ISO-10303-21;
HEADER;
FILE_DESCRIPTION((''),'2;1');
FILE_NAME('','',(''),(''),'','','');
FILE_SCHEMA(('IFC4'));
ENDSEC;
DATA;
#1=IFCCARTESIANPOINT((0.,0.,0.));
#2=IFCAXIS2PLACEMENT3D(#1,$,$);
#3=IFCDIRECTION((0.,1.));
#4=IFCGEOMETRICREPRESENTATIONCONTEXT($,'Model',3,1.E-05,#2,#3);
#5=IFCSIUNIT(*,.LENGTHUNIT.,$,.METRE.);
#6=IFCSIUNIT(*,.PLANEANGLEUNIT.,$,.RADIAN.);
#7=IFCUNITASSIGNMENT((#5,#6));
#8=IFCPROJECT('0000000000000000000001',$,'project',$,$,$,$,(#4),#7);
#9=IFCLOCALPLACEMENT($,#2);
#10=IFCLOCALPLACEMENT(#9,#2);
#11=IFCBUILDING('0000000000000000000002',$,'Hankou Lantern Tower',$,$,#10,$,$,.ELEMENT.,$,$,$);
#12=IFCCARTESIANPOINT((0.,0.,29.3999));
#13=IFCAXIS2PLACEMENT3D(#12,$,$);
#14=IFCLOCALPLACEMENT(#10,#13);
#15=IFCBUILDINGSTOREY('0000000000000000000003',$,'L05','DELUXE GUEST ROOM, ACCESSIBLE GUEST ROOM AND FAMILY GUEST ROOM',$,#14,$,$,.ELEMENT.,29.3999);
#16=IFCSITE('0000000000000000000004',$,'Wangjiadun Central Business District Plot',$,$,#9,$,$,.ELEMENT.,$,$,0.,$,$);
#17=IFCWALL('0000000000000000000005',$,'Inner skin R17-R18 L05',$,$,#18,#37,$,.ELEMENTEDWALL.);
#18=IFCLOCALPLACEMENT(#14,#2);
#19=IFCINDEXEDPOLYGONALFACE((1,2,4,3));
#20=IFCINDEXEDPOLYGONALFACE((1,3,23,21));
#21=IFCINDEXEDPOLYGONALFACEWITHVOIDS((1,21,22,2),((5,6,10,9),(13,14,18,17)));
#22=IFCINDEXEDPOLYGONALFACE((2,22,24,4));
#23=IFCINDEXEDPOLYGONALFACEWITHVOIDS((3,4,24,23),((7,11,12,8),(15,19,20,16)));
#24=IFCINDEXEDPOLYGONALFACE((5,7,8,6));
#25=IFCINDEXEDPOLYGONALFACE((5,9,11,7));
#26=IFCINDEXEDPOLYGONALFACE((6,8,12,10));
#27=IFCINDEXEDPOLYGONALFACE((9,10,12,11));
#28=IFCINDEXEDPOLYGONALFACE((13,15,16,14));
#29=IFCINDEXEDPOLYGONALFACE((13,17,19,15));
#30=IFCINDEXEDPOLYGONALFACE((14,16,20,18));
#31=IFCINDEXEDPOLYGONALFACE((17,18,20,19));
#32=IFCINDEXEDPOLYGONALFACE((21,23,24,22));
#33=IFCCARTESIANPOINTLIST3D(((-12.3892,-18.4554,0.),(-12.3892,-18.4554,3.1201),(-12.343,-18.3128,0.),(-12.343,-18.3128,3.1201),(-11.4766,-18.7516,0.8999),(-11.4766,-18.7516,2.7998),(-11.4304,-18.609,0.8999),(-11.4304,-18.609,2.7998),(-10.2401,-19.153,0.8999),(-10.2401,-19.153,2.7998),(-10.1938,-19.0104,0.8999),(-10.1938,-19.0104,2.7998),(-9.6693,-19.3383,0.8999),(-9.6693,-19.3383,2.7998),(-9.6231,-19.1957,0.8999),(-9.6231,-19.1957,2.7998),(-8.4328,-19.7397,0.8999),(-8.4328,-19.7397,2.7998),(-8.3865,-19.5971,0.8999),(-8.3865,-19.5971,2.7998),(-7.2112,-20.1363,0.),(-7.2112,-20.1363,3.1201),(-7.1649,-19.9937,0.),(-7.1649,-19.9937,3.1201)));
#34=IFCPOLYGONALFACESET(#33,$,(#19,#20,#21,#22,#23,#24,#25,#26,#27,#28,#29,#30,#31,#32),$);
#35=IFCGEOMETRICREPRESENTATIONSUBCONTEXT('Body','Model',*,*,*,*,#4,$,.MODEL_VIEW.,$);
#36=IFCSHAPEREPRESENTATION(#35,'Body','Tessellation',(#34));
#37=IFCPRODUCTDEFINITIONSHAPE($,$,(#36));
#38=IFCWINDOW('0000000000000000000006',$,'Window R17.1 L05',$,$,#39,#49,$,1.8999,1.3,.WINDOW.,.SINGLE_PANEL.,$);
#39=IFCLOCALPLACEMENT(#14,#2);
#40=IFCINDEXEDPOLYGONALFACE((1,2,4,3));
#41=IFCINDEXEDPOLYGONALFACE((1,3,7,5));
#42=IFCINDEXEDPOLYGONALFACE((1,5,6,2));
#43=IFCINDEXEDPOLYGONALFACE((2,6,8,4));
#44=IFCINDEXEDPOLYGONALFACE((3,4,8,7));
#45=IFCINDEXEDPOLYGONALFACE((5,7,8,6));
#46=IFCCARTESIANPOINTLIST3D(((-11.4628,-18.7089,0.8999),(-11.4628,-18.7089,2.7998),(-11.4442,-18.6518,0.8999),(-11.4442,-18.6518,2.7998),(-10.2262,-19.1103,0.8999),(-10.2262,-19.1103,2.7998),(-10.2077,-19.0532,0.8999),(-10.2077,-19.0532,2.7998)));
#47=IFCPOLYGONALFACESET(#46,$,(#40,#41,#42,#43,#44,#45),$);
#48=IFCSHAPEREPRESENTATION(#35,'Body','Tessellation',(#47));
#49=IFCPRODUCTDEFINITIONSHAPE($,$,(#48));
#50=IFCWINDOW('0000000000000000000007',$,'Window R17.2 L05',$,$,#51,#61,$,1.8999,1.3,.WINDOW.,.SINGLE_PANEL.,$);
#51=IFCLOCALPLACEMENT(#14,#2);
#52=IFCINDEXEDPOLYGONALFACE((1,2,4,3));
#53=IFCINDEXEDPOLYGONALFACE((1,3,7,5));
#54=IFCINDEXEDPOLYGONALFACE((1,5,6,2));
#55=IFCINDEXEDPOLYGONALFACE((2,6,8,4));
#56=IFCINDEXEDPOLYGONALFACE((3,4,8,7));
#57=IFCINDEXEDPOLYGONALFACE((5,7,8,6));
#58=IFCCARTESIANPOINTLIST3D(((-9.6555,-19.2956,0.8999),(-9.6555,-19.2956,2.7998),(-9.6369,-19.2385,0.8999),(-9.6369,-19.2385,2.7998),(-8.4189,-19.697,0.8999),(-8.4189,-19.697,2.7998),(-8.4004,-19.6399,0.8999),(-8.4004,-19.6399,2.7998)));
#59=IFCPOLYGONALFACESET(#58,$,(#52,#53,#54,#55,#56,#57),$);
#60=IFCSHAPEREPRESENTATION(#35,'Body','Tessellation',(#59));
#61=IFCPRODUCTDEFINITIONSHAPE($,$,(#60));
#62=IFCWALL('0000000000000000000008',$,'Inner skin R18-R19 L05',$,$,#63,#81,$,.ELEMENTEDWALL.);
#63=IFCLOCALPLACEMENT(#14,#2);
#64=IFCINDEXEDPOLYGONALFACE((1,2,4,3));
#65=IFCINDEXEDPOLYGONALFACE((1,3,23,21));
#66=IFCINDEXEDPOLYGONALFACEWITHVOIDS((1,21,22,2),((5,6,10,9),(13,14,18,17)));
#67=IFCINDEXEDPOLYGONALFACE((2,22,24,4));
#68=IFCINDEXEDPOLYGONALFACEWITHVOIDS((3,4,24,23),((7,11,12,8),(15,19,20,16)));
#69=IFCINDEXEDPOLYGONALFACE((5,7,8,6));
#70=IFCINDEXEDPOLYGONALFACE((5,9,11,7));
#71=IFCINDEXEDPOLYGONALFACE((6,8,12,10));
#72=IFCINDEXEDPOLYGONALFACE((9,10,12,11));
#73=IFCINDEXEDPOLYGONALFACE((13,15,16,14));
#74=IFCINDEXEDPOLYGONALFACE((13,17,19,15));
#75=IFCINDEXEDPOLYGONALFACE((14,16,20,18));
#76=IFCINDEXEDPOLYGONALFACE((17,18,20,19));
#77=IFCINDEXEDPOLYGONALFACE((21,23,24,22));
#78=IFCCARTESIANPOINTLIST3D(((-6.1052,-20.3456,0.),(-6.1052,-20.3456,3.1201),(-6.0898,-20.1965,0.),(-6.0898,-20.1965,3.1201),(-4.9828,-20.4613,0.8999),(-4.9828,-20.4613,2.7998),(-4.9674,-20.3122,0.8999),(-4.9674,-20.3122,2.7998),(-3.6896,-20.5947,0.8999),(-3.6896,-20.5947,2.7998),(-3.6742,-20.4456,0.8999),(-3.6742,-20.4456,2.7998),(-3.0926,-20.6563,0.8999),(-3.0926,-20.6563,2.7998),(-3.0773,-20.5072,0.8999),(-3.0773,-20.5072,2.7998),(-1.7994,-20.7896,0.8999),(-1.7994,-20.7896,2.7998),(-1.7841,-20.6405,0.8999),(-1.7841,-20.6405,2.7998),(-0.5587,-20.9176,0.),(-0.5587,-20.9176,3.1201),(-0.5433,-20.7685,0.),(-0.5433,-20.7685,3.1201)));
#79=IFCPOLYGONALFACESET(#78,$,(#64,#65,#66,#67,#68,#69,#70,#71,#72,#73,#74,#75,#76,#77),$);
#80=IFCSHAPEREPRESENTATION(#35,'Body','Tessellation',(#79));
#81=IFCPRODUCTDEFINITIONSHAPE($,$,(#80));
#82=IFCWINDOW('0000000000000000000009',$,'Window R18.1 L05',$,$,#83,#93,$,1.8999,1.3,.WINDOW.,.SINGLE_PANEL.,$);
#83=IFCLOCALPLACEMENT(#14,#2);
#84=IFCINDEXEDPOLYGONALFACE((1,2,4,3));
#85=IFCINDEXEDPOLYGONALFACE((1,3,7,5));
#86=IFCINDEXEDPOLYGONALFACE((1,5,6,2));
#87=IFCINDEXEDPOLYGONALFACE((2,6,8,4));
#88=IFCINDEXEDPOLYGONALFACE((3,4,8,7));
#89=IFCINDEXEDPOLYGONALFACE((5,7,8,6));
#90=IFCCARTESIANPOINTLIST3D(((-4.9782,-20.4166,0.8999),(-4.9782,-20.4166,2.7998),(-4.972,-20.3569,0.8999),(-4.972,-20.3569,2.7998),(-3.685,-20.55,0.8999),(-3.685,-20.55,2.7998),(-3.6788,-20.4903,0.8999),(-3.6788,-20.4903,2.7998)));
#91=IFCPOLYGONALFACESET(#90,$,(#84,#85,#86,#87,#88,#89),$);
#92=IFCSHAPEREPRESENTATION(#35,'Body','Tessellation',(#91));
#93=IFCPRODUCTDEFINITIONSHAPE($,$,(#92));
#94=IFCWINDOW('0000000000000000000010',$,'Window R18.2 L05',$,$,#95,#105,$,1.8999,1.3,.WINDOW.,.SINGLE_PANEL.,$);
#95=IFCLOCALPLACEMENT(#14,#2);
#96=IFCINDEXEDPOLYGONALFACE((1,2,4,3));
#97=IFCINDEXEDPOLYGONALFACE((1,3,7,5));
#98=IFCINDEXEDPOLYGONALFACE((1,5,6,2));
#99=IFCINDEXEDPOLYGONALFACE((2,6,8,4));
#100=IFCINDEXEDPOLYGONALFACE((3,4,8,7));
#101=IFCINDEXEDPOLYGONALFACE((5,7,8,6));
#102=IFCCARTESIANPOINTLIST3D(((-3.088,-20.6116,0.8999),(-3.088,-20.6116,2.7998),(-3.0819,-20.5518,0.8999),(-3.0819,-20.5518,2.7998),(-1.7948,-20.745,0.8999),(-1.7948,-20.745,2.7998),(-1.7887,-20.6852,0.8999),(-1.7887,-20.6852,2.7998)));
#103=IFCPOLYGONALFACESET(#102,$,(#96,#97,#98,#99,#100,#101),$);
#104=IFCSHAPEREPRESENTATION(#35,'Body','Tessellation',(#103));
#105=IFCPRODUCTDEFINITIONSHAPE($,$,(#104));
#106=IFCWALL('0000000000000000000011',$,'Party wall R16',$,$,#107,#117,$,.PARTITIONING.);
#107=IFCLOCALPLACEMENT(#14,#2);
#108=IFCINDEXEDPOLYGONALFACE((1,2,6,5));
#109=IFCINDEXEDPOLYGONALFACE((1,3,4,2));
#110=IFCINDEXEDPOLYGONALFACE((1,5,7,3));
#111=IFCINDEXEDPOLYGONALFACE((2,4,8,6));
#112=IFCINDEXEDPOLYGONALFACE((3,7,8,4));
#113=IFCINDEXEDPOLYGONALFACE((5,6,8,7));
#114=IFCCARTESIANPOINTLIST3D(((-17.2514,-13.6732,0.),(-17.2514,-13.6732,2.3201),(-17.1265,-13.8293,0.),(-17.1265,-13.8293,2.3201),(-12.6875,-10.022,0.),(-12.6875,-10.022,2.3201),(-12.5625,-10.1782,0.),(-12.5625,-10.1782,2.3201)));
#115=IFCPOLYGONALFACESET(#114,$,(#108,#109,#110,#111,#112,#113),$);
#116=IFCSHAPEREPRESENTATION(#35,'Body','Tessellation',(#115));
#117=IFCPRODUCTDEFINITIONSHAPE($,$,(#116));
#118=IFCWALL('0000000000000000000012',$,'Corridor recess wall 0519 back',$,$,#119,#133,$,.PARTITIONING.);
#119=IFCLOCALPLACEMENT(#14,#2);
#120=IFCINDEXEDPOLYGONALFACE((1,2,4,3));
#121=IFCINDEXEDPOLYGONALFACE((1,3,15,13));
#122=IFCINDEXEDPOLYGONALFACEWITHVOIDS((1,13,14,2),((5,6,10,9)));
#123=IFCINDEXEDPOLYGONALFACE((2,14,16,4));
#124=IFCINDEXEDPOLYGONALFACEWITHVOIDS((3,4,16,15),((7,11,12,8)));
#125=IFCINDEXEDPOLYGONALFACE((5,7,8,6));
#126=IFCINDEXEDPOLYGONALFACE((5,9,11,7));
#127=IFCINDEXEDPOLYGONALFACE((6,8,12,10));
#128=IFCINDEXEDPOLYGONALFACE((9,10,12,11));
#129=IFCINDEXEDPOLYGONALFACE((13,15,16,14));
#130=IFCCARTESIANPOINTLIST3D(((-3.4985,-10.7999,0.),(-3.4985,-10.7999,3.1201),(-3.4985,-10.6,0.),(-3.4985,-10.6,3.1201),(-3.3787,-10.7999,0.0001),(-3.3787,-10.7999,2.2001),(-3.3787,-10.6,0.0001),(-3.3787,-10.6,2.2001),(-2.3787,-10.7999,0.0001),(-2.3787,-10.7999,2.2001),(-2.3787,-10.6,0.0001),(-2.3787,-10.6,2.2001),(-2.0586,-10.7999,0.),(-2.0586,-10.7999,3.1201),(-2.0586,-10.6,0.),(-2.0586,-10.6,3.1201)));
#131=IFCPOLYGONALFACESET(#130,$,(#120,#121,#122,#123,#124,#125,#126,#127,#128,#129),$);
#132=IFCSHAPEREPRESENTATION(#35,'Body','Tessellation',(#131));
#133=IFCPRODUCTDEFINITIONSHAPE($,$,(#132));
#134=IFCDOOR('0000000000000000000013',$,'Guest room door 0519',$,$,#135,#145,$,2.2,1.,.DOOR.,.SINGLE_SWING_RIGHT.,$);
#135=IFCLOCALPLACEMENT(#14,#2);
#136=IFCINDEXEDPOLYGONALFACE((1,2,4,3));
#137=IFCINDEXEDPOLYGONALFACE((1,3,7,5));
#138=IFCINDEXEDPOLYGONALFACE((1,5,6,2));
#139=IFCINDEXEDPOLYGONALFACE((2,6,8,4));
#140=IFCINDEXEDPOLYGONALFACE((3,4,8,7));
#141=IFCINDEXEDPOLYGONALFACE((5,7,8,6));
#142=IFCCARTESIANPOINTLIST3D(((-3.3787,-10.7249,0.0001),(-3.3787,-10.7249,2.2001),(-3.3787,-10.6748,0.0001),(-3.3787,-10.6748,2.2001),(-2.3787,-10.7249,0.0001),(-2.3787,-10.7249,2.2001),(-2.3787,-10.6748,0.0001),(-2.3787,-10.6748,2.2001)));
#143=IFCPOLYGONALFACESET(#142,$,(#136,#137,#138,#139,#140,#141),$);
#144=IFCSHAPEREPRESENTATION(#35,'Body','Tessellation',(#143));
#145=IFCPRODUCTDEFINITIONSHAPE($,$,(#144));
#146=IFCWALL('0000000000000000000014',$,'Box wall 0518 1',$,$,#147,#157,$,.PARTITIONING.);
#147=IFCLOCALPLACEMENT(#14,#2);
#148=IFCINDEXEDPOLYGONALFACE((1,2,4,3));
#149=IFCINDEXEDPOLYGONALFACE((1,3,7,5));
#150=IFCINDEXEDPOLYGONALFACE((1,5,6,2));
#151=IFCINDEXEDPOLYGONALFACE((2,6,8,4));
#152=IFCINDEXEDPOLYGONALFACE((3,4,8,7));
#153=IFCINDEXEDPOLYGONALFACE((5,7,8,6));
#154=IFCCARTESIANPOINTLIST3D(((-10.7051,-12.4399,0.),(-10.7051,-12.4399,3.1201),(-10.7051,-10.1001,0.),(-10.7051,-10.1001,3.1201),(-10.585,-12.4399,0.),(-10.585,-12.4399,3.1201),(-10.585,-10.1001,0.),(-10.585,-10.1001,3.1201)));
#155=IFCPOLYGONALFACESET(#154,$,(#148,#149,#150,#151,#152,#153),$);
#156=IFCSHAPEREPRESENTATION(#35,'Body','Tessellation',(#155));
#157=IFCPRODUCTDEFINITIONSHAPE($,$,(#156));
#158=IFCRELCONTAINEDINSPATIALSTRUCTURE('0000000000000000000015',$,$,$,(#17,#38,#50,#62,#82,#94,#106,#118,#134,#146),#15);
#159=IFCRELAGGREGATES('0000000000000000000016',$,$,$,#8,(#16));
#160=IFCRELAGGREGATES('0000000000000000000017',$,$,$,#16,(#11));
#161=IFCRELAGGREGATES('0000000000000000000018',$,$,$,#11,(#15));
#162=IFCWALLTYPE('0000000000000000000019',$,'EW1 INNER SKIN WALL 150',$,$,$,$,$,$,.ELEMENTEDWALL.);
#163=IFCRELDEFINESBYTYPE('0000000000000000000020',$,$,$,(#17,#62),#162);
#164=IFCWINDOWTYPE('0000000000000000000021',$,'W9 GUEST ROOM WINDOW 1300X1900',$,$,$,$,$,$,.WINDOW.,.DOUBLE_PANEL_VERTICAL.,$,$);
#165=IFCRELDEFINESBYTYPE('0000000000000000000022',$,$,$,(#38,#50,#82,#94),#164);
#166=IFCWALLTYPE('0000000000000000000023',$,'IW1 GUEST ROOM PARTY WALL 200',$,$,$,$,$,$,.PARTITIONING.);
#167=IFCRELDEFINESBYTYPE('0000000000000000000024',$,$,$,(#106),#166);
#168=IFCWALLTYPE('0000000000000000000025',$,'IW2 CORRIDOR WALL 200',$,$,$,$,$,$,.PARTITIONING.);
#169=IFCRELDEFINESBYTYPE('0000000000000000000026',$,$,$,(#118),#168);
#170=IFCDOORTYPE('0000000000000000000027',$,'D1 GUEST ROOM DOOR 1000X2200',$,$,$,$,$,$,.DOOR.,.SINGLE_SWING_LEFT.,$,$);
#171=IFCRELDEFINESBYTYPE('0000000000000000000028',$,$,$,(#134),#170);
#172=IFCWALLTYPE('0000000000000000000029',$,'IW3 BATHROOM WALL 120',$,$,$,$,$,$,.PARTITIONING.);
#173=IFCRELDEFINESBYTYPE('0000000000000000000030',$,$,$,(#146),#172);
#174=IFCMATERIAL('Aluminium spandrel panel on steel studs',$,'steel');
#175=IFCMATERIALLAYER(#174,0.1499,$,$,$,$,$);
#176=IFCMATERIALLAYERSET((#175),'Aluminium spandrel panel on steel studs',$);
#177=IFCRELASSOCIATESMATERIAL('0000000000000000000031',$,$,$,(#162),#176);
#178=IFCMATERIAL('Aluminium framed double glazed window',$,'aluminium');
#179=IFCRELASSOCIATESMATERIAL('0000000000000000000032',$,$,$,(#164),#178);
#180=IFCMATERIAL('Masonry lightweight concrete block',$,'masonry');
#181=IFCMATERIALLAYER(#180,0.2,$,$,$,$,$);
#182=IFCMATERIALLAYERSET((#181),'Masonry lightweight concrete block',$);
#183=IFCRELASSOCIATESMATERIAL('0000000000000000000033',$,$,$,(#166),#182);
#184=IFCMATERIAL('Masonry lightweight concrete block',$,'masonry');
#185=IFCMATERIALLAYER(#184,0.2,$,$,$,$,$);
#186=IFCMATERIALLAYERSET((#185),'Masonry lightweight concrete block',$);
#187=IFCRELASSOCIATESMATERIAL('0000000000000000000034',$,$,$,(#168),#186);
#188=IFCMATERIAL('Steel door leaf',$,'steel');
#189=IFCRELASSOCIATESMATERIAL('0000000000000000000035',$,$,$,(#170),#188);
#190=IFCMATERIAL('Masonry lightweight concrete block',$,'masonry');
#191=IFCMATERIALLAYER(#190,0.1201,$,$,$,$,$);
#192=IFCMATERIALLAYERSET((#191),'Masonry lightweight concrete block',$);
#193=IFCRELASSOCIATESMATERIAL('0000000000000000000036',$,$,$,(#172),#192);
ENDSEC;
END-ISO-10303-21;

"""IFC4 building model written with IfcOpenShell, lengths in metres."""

from ifc_helpers import new_model, si_unit, direction, frame, frame_2d, origin, place, context, subcontext, project, spatial, rectangle, extrude, material, layer, layer_set, type_object, element, fill, save


model = new_model("IFC4")

# Units and contexts
model_context = context("Model", 3, precision=1e-05, world=origin(), true_north=direction((0.0, 1.0)))
body_context = subcontext(model_context, "Body", "Model", "MODEL_VIEW")
ifc_project = project(units=[si_unit("LENGTHUNIT", "METRE"), si_unit("PLANEANGLEUNIT", "RADIAN")], contexts=[model_context])

# Site, building, storey
site_placement = place(None, origin())
site = spatial("IfcSite", under=ifc_project, at=site_placement, Name="Wangjiadun Central Business District Plot", CompositionType="ELEMENT", RefElevation=0.0)
building_placement = place(site_placement, origin())
building = spatial("IfcBuilding", under=site, at=building_placement, Name="Hankou Lantern Tower", CompositionType="ELEMENT")
storey_placement = place(building_placement, frame((0.0, 0.0, 29.3999)))
storey = spatial("IfcBuildingStorey", under=building, at=storey_placement, Name="L05", Description="DELUXE GUEST ROOM, ACCESSIBLE GUEST ROOM AND FAMILY GUEST ROOM", CompositionType="ELEMENT", Elevation=29.3999)

# Walls, openings, windows
ifc_material_1 = material(Name="Aluminium spandrel panel on steel studs", Category="steel")
ifc_layer_1 = layer(ifc_material_1, 0.1499)
ifc_layer_set_1 = layer_set([ifc_layer_1], Name="Aluminium spandrel panel on steel studs")
wall_type_1 = type_object("IfcWallType", Name="EW1 INNER SKIN WALL 150", PredefinedType="ELEMENTEDWALL", material=ifc_layer_set_1)
wall_1_placement = place(storey_placement, frame((-12.3662, -18.384, 0.0), z_axis=(0.0, 0.0, 1.0), x_axis=(0.951138, -0.308765, 0.0)))
wall_1 = element("IfcWall", 1, at=wall_1_placement, inside=storey, type_object=wall_type_1, Name="Inner skin R17-R18 L05", PredefinedType="ELEMENTEDWALL", context=body_context, shape_type="SweptSolid", body=[
    extrude(rectangle(XDim=5.4441, YDim=0.1499, at=frame_2d((2.7222, 0.0))), origin(), (0.0, 0.0, 1.0), 3.1201),
])
opening_1_placement = place(wall_1_placement, frame((0.9597, 0.0, 0.8999)))
opening_1 = element("IfcOpeningElement", 2, at=opening_1_placement, cuts=wall_1, PredefinedType="OPENING", context=body_context, shape_type="SweptSolid", body=[
    extrude(rectangle(XDim=1.3, YDim=1.8999, at=frame_2d((0.6499, 0.95))), frame((0.0, 0.085, 0.0), z_axis=(0.0, -1.0, 0.0), x_axis=(1.0, 0.0, 0.0)), (0.0, 0.0, 1.0), 0.1699),
])
opening_2_placement = place(wall_1_placement, frame((2.8599, 0.0, 0.8999)))
opening_2 = element("IfcOpeningElement", 3, at=opening_2_placement, cuts=wall_1, PredefinedType="OPENING", context=body_context, shape_type="SweptSolid", body=[
    extrude(rectangle(XDim=1.3, YDim=1.8999, at=frame_2d((0.6499, 0.95))), frame((0.0, 0.085, 0.0), z_axis=(0.0, -1.0, 0.0), x_axis=(1.0, 0.0, 0.0)), (0.0, 0.0, 1.0), 0.1699),
])
ifc_material_2 = material(Name="Aluminium framed double glazed window", Category="aluminium")
window_type = type_object("IfcWindowType", Name="W9 GUEST ROOM WINDOW 1300X1900", PartitioningType="DOUBLE_PANEL_VERTICAL", PredefinedType="WINDOW", material=ifc_material_2)
window_1_placement = place(opening_1_placement, origin())
window_1 = element("IfcWindow", 4, at=window_1_placement, inside=storey, type_object=window_type, Name="Window R17.1 L05", OverallHeight=1.8999, OverallWidth=1.3, PartitioningType="SINGLE_PANEL", PredefinedType="WINDOW", context=body_context, shape_type="SweptSolid", body=[
    extrude(rectangle(XDim=1.3, YDim=1.8999, at=frame_2d((0.6499, 0.95))), frame((0.0, 0.03, 0.0), z_axis=(0.0, -1.0, 0.0), x_axis=(1.0, 0.0, 0.0)), (0.0, 0.0, 1.0), 0.0601),
])
fill(opening_1, window_1)
window_2_placement = place(opening_2_placement, origin())
window_2 = element("IfcWindow", 5, at=window_2_placement, inside=storey, type_object=window_type, Name="Window R17.2 L05", OverallHeight=1.8999, OverallWidth=1.3, PartitioningType="SINGLE_PANEL", PredefinedType="WINDOW", context=body_context, shape_type="SweptSolid", body=[
    extrude(rectangle(XDim=1.3, YDim=1.8999, at=frame_2d((0.6499, 0.95))), frame((0.0, 0.03, 0.0), z_axis=(0.0, -1.0, 0.0), x_axis=(1.0, 0.0, 0.0)), (0.0, 0.0, 1.0), 0.0601),
])
fill(opening_2, window_2)
wall_2_placement = place(storey_placement, frame((-6.0977, -20.271, 0.0), z_axis=(0.0, 0.0, 1.0), x_axis=(0.994724, -0.10259, 0.0)))
wall_2 = element("IfcWall", 6, at=wall_2_placement, inside=storey, type_object=wall_type_1, Name="Inner skin R18-R19 L05", PredefinedType="ELEMENTEDWALL", context=body_context, shape_type="SweptSolid", body=[
    extrude(rectangle(XDim=5.5759, YDim=0.1499, at=frame_2d((2.7881, 0.0))), origin(), (0.0, 0.0, 1.0), 3.1201),
])
opening_3_placement = place(wall_2_placement, frame((1.1287, 0.0, 0.8999)))
opening_3 = element("IfcOpeningElement", 7, at=opening_3_placement, cuts=wall_2, PredefinedType="OPENING", context=body_context, shape_type="SweptSolid", body=[
    extrude(rectangle(XDim=1.3, YDim=1.8999, at=frame_2d((0.6499, 0.95))), frame((0.0, 0.085, 0.0), z_axis=(0.0, -1.0, 0.0), x_axis=(1.0, 0.0, 0.0)), (0.0, 0.0, 1.0), 0.1699),
])
opening_4_placement = place(wall_2_placement, frame((3.0288, 0.0, 0.8999)))
opening_4 = element("IfcOpeningElement", 8, at=opening_4_placement, cuts=wall_2, PredefinedType="OPENING", context=body_context, shape_type="SweptSolid", body=[
    extrude(rectangle(XDim=1.3, YDim=1.8999, at=frame_2d((0.6499, 0.95))), frame((0.0, 0.085, 0.0), z_axis=(0.0, -1.0, 0.0), x_axis=(1.0, 0.0, 0.0)), (0.0, 0.0, 1.0), 0.1699),
])
window_3_placement = place(opening_3_placement, origin())
window_3 = element("IfcWindow", 9, at=window_3_placement, inside=storey, type_object=window_type, Name="Window R18.1 L05", OverallHeight=1.8999, OverallWidth=1.3, PartitioningType="SINGLE_PANEL", PredefinedType="WINDOW", context=body_context, shape_type="SweptSolid", body=[
    extrude(rectangle(XDim=1.3, YDim=1.8999, at=frame_2d((0.6499, 0.95))), frame((0.0, 0.03, 0.0), z_axis=(0.0, -1.0, 0.0), x_axis=(1.0, 0.0, 0.0)), (0.0, 0.0, 1.0), 0.0601),
])
fill(opening_3, window_3)
window_4_placement = place(opening_4_placement, origin())
window_4 = element("IfcWindow", 10, at=window_4_placement, inside=storey, type_object=window_type, Name="Window R18.2 L05", OverallHeight=1.8999, OverallWidth=1.3, PartitioningType="SINGLE_PANEL", PredefinedType="WINDOW", context=body_context, shape_type="SweptSolid", body=[
    extrude(rectangle(XDim=1.3, YDim=1.8999, at=frame_2d((0.6499, 0.95))), frame((0.0, 0.03, 0.0), z_axis=(0.0, -1.0, 0.0), x_axis=(1.0, 0.0, 0.0)), (0.0, 0.0, 1.0), 0.0601),
])
fill(opening_4, window_4)

# Wall
ifc_material_3 = material(Name="Masonry lightweight concrete block", Category="masonry")
ifc_layer_2 = layer(ifc_material_3, 0.2)
ifc_layer_set_2 = layer_set([ifc_layer_2], Name="Masonry lightweight concrete block")
wall_type_2 = type_object("IfcWallType", Name="IW1 GUEST ROOM PARTY WALL 200", PredefinedType="PARTITIONING", material=ifc_layer_set_2)
wall_3_placement = place(storey_placement, frame((-12.625, -10.1001, 0.0), z_axis=(0.0, 0.0, 1.0), x_axis=(-0.780873, -0.62469, 0.0)))
element("IfcWall", 11, at=wall_3_placement, inside=storey, type_object=wall_type_2, Name="Party wall R16", PredefinedType="PARTITIONING", context=body_context, shape_type="SweptSolid", body=[
    extrude(rectangle(XDim=5.8447, YDim=0.2, at=frame_2d((2.9224, 0.0))), origin(), (0.0, 0.0, 1.0), 2.3201),
])

# Wall, opening, door
ifc_material_4 = material(Name="Masonry lightweight concrete block", Category="masonry")
ifc_layer_3 = layer(ifc_material_4, 0.2)
ifc_layer_set_3 = layer_set([ifc_layer_3], Name="Masonry lightweight concrete block")
wall_type_3 = type_object("IfcWallType", Name="IW2 CORRIDOR WALL 200", PredefinedType="PARTITIONING", material=ifc_layer_set_3)
wall_4_placement = place(storey_placement, frame((-2.0586, -10.7, 0.0), z_axis=(0.0, 0.0, 1.0), x_axis=(-1.0, 0.0, 0.0)))
wall_4 = element("IfcWall", 12, at=wall_4_placement, inside=storey, type_object=wall_type_3, Name="Corridor recess wall 0519 back", PredefinedType="PARTITIONING", context=body_context, shape_type="SweptSolid", body=[
    extrude(rectangle(XDim=1.4399, YDim=0.2, at=frame_2d((0.72, 0.0))), origin(), (0.0, 0.0, 1.0), 3.1201),
])
opening_5_placement = place(wall_4_placement, frame((0.3201, 0.0, 0.0)))
opening_5 = element("IfcOpeningElement", 13, at=opening_5_placement, cuts=wall_4, PredefinedType="OPENING", context=body_context, shape_type="SweptSolid", body=[
    extrude(rectangle(XDim=1.0, YDim=2.2, at=frame_2d((0.5, 1.1001))), frame((0.0, 0.1099, 0.0), z_axis=(0.0, -1.0, 0.0), x_axis=(1.0, 0.0, 0.0)), (0.0, 0.0, 1.0), 0.22),
])
ifc_material_5 = material(Name="Steel door leaf", Category="steel")
door_type = type_object("IfcDoorType", Name="D1 GUEST ROOM DOOR 1000X2200", OperationType="SINGLE_SWING_LEFT", PredefinedType="DOOR", material=ifc_material_5)
door_placement = place(opening_5_placement, origin())
door = element("IfcDoor", 14, at=door_placement, inside=storey, type_object=door_type, Name="Guest room door 0519", OperationType="SINGLE_SWING_RIGHT", OverallHeight=2.2, OverallWidth=1.0, PredefinedType="DOOR", context=body_context, shape_type="SweptSolid", body=[
    extrude(rectangle(XDim=1.0, YDim=2.2, at=frame_2d((0.5, 1.1001))), frame((0.0, 0.0249, 0.0), z_axis=(0.0, -1.0, 0.0), x_axis=(1.0, 0.0, 0.0)), (0.0, 0.0, 1.0), 0.05),
])
fill(opening_5, door)

# Wall
ifc_material_6 = material(Name="Masonry lightweight concrete block", Category="masonry")
ifc_layer_4 = layer(ifc_material_6, 0.1201)
ifc_layer_set_4 = layer_set([ifc_layer_4], Name="Masonry lightweight concrete block")
wall_type_4 = type_object("IfcWallType", Name="IW3 BATHROOM WALL 120", PredefinedType="PARTITIONING", material=ifc_layer_set_4)
wall_5_placement = place(storey_placement, frame((-10.645, -10.1001, 0.0), z_axis=(0.0, 0.0, 1.0), x_axis=(0.0, -1.0, 0.0)))
element("IfcWall", 15, at=wall_5_placement, inside=storey, type_object=wall_type_4, Name="Box wall 0518 1", PredefinedType="PARTITIONING", context=body_context, shape_type="SweptSolid", body=[
    extrude(rectangle(XDim=2.3398, YDim=0.1201, at=frame_2d((1.1699, 0.0))), origin(), (0.0, 0.0, 1.0), 3.1201),
])

save(model, "model.ifc")
